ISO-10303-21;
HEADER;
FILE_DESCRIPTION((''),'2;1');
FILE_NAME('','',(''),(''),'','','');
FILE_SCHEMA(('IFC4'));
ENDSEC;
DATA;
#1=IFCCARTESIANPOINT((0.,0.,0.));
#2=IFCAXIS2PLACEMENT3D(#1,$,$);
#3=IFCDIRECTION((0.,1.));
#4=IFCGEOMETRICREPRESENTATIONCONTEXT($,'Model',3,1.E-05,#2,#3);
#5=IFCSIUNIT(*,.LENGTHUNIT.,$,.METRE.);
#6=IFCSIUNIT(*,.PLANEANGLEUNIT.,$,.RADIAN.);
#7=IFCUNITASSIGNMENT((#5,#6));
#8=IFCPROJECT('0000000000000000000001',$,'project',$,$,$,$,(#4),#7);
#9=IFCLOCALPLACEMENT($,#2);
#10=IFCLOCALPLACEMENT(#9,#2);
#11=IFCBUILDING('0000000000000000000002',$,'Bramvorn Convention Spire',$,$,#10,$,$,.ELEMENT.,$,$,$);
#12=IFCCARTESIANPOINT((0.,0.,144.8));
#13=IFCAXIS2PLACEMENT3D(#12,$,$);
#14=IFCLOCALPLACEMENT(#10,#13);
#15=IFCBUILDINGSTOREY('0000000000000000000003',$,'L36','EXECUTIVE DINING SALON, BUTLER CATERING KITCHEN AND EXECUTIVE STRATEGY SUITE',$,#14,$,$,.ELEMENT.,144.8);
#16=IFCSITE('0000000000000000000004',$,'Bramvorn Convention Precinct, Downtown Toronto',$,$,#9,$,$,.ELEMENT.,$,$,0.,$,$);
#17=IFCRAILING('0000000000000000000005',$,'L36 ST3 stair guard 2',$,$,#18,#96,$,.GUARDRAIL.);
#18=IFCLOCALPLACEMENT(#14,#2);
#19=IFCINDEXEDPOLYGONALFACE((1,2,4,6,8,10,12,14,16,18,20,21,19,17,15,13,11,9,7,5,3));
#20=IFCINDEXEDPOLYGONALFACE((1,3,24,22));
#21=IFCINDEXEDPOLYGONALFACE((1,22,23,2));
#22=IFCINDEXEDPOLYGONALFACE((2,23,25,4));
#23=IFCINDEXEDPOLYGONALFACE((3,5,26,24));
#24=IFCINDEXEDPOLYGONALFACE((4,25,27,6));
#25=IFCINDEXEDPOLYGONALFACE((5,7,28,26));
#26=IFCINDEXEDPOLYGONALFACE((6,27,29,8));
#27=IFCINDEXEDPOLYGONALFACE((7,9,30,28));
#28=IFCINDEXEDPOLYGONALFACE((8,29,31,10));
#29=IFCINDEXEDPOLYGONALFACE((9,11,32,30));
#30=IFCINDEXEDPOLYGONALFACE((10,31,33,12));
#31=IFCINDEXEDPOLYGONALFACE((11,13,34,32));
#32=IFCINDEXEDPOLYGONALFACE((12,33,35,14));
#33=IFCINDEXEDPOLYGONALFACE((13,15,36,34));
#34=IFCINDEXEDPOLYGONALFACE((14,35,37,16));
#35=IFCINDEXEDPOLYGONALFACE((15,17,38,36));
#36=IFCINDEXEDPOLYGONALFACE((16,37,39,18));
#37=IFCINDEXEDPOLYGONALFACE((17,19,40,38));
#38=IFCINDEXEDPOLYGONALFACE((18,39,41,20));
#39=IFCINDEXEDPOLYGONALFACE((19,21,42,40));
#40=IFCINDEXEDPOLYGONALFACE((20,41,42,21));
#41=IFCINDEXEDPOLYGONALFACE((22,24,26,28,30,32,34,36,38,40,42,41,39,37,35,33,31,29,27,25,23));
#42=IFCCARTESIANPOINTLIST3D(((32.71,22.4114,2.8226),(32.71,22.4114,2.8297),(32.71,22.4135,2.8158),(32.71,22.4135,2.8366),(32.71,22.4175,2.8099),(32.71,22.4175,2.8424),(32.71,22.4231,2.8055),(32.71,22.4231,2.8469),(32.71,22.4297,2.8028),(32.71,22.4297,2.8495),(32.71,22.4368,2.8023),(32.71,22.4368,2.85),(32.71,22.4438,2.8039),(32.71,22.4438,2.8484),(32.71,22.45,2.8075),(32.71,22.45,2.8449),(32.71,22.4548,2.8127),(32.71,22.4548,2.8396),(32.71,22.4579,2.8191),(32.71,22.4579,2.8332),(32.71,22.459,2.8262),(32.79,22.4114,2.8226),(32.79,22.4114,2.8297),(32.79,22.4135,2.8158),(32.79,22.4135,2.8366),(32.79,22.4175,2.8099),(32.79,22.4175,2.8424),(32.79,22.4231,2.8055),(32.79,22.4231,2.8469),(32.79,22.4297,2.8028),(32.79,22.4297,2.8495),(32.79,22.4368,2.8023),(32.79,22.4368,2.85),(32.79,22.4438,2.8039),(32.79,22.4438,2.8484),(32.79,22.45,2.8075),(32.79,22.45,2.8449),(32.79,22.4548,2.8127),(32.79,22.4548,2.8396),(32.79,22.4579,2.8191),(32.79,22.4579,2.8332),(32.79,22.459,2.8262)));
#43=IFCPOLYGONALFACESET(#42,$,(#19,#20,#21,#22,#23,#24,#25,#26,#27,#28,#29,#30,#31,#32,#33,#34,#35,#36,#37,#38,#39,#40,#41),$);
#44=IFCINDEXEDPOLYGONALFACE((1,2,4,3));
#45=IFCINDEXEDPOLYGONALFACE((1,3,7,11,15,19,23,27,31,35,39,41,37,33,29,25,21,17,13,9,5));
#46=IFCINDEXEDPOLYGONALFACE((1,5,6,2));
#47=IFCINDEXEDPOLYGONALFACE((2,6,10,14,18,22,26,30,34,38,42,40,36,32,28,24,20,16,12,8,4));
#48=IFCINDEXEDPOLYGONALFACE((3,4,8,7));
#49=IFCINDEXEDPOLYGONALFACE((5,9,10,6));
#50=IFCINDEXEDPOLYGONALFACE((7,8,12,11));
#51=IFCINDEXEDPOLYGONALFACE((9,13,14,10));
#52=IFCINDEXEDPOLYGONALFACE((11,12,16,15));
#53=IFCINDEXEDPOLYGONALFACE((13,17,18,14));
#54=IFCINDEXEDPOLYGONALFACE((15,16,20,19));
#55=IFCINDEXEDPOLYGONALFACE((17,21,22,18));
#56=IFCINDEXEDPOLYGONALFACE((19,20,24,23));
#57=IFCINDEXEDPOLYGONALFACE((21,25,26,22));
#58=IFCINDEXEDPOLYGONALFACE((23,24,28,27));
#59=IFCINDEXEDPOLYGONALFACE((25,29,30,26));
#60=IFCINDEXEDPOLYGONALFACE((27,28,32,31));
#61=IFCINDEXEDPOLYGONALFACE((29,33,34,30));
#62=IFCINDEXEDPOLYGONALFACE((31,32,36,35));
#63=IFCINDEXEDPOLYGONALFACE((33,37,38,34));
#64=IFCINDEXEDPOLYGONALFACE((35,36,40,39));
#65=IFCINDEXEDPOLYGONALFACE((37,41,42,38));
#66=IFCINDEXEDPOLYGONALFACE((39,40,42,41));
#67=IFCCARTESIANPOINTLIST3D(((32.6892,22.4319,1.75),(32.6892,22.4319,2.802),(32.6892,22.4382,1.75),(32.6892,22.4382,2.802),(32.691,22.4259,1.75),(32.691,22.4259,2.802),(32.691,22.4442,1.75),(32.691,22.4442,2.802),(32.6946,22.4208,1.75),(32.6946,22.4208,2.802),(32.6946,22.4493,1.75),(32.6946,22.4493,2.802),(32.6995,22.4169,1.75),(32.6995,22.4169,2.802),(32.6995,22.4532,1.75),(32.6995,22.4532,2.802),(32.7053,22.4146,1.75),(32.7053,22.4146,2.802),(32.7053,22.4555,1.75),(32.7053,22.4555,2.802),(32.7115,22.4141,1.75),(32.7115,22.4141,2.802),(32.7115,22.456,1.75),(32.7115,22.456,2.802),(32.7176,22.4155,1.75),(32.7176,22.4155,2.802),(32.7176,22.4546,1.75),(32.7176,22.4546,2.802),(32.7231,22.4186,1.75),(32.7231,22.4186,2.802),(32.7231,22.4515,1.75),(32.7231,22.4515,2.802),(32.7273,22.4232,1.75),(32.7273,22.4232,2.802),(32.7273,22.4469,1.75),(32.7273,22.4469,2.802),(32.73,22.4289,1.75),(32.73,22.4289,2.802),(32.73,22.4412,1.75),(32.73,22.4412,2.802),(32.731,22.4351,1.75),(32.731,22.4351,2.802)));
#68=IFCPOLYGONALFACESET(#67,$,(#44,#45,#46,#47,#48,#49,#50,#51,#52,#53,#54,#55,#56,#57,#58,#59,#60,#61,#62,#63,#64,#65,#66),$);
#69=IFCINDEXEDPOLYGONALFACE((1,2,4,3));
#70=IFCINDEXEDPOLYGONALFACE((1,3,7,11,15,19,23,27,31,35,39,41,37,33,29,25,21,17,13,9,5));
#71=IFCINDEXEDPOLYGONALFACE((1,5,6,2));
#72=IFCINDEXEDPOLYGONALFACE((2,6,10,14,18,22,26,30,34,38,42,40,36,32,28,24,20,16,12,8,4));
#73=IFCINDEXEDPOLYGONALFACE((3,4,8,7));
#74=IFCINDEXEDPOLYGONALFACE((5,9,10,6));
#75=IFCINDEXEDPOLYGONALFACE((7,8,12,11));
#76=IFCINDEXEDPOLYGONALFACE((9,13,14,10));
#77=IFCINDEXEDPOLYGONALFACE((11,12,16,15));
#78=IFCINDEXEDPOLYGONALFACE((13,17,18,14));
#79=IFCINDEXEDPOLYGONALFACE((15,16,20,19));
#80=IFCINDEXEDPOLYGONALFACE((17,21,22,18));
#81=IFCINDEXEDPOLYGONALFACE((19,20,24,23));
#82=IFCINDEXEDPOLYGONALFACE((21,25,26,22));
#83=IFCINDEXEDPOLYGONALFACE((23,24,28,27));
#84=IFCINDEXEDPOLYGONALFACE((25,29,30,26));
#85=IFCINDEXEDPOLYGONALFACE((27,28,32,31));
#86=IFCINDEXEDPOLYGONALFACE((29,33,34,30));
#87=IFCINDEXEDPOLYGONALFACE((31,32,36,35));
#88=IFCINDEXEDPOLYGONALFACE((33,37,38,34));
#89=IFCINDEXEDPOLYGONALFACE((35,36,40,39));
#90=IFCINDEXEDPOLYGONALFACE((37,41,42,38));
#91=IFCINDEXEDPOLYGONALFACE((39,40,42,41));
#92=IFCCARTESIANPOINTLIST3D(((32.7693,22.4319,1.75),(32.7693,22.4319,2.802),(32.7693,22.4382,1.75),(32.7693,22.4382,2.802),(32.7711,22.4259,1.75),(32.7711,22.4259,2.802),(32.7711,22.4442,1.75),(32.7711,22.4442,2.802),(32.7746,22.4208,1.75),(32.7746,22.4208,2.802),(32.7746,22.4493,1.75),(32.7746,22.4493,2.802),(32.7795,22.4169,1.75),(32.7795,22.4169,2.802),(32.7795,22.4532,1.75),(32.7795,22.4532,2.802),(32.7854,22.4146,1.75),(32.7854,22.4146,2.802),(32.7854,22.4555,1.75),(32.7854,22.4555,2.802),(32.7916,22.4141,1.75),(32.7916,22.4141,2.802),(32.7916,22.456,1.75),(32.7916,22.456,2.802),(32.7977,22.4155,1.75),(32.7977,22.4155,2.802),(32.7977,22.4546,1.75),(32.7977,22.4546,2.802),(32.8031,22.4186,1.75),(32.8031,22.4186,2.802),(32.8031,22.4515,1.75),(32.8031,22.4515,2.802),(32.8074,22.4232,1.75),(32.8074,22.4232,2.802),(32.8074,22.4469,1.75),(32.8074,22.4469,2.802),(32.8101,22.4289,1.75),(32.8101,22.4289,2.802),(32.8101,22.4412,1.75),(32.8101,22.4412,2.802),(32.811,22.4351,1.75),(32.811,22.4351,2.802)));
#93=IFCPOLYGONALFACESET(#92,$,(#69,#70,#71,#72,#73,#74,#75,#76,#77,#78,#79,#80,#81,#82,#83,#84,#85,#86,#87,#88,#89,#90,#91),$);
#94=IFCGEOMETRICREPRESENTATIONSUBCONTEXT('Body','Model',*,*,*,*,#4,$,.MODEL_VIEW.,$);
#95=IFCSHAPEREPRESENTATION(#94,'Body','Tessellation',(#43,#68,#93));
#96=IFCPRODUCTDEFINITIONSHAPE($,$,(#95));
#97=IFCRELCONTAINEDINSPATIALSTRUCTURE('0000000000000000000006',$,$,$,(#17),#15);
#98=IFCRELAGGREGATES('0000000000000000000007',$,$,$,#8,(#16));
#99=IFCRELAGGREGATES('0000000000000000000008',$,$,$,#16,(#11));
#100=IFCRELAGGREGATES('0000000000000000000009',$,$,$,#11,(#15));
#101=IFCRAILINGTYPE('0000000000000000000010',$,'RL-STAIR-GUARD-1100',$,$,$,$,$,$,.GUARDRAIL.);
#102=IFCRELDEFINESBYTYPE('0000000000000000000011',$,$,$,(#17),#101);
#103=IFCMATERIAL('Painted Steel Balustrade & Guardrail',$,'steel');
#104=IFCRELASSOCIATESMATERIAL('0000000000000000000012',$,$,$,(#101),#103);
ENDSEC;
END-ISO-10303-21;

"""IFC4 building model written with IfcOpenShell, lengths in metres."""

from ifc_helpers import new_model, si_unit, direction, frame, origin, origin_2d, place, context, subcontext, project, spatial, circle, extrude, material, type_object, element, save


model = new_model("IFC4")

# Units and contexts
model_context = context("Model", 3, precision=1e-05, world=origin(), true_north=direction((0.0, 1.0)))
body_context = subcontext(model_context, "Body", "Model", "MODEL_VIEW")
ifc_project = project(units=[si_unit("LENGTHUNIT", "METRE"), si_unit("PLANEANGLEUNIT", "RADIAN")], contexts=[model_context])

# Site, building, storey
site_placement = place(None, origin())
site = spatial("IfcSite", under=ifc_project, at=site_placement, Name="Bramvorn Convention Precinct, Downtown Toronto", CompositionType="ELEMENT", RefElevation=0.0)
building_placement = place(site_placement, origin())
building = spatial("IfcBuilding", under=site, at=building_placement, Name="Bramvorn Convention Spire", CompositionType="ELEMENT")
storey_placement = place(building_placement, frame((0.0, 0.0, 144.8)))
storey = spatial("IfcBuildingStorey", under=building, at=storey_placement, Name="L36", Description="EXECUTIVE DINING SALON, BUTLER CATERING KITCHEN AND EXECUTIVE STRATEGY SUITE", CompositionType="ELEMENT", Elevation=144.8)

# Railing
ifc_material_1 = material(Name="Painted Steel Balustrade & Guardrail", Category="steel")
railing_type_1 = type_object("IfcRailingType", Name="RL-STAIR-GUARD-1100", PredefinedType="GUARDRAIL", material=ifc_material_1)
railing_1_placement = place(storey_placement, frame((32.71, 22.4351, 1.75)))
element("IfcRailing", 1, at=railing_1_placement, inside=storey, type_object=railing_type_1, Name="L36 ST3 stair guard 2", PredefinedType="GUARDRAIL", context=body_context, shape_type="SweptSolid", body=[
    extrude(circle(Radius=0.0239, at=origin_2d()), frame((0.0, 0.0, 1.0762), z_axis=(1.0, 0.0, 0.0), x_axis=(0.0, 1.0, 0.0)), (0.0, 0.0, 1.0), 0.0801),
    extrude(circle(Radius=0.021, at=origin_2d()), origin(), (0.0, 0.0, 1.0), 1.052),
    extrude(circle(Radius=0.021, at=origin_2d()), frame((0.0801, 0.0, 0.0)), (0.0, 0.0, 1.0), 1.052),
])

save(model, "model.ifc")
